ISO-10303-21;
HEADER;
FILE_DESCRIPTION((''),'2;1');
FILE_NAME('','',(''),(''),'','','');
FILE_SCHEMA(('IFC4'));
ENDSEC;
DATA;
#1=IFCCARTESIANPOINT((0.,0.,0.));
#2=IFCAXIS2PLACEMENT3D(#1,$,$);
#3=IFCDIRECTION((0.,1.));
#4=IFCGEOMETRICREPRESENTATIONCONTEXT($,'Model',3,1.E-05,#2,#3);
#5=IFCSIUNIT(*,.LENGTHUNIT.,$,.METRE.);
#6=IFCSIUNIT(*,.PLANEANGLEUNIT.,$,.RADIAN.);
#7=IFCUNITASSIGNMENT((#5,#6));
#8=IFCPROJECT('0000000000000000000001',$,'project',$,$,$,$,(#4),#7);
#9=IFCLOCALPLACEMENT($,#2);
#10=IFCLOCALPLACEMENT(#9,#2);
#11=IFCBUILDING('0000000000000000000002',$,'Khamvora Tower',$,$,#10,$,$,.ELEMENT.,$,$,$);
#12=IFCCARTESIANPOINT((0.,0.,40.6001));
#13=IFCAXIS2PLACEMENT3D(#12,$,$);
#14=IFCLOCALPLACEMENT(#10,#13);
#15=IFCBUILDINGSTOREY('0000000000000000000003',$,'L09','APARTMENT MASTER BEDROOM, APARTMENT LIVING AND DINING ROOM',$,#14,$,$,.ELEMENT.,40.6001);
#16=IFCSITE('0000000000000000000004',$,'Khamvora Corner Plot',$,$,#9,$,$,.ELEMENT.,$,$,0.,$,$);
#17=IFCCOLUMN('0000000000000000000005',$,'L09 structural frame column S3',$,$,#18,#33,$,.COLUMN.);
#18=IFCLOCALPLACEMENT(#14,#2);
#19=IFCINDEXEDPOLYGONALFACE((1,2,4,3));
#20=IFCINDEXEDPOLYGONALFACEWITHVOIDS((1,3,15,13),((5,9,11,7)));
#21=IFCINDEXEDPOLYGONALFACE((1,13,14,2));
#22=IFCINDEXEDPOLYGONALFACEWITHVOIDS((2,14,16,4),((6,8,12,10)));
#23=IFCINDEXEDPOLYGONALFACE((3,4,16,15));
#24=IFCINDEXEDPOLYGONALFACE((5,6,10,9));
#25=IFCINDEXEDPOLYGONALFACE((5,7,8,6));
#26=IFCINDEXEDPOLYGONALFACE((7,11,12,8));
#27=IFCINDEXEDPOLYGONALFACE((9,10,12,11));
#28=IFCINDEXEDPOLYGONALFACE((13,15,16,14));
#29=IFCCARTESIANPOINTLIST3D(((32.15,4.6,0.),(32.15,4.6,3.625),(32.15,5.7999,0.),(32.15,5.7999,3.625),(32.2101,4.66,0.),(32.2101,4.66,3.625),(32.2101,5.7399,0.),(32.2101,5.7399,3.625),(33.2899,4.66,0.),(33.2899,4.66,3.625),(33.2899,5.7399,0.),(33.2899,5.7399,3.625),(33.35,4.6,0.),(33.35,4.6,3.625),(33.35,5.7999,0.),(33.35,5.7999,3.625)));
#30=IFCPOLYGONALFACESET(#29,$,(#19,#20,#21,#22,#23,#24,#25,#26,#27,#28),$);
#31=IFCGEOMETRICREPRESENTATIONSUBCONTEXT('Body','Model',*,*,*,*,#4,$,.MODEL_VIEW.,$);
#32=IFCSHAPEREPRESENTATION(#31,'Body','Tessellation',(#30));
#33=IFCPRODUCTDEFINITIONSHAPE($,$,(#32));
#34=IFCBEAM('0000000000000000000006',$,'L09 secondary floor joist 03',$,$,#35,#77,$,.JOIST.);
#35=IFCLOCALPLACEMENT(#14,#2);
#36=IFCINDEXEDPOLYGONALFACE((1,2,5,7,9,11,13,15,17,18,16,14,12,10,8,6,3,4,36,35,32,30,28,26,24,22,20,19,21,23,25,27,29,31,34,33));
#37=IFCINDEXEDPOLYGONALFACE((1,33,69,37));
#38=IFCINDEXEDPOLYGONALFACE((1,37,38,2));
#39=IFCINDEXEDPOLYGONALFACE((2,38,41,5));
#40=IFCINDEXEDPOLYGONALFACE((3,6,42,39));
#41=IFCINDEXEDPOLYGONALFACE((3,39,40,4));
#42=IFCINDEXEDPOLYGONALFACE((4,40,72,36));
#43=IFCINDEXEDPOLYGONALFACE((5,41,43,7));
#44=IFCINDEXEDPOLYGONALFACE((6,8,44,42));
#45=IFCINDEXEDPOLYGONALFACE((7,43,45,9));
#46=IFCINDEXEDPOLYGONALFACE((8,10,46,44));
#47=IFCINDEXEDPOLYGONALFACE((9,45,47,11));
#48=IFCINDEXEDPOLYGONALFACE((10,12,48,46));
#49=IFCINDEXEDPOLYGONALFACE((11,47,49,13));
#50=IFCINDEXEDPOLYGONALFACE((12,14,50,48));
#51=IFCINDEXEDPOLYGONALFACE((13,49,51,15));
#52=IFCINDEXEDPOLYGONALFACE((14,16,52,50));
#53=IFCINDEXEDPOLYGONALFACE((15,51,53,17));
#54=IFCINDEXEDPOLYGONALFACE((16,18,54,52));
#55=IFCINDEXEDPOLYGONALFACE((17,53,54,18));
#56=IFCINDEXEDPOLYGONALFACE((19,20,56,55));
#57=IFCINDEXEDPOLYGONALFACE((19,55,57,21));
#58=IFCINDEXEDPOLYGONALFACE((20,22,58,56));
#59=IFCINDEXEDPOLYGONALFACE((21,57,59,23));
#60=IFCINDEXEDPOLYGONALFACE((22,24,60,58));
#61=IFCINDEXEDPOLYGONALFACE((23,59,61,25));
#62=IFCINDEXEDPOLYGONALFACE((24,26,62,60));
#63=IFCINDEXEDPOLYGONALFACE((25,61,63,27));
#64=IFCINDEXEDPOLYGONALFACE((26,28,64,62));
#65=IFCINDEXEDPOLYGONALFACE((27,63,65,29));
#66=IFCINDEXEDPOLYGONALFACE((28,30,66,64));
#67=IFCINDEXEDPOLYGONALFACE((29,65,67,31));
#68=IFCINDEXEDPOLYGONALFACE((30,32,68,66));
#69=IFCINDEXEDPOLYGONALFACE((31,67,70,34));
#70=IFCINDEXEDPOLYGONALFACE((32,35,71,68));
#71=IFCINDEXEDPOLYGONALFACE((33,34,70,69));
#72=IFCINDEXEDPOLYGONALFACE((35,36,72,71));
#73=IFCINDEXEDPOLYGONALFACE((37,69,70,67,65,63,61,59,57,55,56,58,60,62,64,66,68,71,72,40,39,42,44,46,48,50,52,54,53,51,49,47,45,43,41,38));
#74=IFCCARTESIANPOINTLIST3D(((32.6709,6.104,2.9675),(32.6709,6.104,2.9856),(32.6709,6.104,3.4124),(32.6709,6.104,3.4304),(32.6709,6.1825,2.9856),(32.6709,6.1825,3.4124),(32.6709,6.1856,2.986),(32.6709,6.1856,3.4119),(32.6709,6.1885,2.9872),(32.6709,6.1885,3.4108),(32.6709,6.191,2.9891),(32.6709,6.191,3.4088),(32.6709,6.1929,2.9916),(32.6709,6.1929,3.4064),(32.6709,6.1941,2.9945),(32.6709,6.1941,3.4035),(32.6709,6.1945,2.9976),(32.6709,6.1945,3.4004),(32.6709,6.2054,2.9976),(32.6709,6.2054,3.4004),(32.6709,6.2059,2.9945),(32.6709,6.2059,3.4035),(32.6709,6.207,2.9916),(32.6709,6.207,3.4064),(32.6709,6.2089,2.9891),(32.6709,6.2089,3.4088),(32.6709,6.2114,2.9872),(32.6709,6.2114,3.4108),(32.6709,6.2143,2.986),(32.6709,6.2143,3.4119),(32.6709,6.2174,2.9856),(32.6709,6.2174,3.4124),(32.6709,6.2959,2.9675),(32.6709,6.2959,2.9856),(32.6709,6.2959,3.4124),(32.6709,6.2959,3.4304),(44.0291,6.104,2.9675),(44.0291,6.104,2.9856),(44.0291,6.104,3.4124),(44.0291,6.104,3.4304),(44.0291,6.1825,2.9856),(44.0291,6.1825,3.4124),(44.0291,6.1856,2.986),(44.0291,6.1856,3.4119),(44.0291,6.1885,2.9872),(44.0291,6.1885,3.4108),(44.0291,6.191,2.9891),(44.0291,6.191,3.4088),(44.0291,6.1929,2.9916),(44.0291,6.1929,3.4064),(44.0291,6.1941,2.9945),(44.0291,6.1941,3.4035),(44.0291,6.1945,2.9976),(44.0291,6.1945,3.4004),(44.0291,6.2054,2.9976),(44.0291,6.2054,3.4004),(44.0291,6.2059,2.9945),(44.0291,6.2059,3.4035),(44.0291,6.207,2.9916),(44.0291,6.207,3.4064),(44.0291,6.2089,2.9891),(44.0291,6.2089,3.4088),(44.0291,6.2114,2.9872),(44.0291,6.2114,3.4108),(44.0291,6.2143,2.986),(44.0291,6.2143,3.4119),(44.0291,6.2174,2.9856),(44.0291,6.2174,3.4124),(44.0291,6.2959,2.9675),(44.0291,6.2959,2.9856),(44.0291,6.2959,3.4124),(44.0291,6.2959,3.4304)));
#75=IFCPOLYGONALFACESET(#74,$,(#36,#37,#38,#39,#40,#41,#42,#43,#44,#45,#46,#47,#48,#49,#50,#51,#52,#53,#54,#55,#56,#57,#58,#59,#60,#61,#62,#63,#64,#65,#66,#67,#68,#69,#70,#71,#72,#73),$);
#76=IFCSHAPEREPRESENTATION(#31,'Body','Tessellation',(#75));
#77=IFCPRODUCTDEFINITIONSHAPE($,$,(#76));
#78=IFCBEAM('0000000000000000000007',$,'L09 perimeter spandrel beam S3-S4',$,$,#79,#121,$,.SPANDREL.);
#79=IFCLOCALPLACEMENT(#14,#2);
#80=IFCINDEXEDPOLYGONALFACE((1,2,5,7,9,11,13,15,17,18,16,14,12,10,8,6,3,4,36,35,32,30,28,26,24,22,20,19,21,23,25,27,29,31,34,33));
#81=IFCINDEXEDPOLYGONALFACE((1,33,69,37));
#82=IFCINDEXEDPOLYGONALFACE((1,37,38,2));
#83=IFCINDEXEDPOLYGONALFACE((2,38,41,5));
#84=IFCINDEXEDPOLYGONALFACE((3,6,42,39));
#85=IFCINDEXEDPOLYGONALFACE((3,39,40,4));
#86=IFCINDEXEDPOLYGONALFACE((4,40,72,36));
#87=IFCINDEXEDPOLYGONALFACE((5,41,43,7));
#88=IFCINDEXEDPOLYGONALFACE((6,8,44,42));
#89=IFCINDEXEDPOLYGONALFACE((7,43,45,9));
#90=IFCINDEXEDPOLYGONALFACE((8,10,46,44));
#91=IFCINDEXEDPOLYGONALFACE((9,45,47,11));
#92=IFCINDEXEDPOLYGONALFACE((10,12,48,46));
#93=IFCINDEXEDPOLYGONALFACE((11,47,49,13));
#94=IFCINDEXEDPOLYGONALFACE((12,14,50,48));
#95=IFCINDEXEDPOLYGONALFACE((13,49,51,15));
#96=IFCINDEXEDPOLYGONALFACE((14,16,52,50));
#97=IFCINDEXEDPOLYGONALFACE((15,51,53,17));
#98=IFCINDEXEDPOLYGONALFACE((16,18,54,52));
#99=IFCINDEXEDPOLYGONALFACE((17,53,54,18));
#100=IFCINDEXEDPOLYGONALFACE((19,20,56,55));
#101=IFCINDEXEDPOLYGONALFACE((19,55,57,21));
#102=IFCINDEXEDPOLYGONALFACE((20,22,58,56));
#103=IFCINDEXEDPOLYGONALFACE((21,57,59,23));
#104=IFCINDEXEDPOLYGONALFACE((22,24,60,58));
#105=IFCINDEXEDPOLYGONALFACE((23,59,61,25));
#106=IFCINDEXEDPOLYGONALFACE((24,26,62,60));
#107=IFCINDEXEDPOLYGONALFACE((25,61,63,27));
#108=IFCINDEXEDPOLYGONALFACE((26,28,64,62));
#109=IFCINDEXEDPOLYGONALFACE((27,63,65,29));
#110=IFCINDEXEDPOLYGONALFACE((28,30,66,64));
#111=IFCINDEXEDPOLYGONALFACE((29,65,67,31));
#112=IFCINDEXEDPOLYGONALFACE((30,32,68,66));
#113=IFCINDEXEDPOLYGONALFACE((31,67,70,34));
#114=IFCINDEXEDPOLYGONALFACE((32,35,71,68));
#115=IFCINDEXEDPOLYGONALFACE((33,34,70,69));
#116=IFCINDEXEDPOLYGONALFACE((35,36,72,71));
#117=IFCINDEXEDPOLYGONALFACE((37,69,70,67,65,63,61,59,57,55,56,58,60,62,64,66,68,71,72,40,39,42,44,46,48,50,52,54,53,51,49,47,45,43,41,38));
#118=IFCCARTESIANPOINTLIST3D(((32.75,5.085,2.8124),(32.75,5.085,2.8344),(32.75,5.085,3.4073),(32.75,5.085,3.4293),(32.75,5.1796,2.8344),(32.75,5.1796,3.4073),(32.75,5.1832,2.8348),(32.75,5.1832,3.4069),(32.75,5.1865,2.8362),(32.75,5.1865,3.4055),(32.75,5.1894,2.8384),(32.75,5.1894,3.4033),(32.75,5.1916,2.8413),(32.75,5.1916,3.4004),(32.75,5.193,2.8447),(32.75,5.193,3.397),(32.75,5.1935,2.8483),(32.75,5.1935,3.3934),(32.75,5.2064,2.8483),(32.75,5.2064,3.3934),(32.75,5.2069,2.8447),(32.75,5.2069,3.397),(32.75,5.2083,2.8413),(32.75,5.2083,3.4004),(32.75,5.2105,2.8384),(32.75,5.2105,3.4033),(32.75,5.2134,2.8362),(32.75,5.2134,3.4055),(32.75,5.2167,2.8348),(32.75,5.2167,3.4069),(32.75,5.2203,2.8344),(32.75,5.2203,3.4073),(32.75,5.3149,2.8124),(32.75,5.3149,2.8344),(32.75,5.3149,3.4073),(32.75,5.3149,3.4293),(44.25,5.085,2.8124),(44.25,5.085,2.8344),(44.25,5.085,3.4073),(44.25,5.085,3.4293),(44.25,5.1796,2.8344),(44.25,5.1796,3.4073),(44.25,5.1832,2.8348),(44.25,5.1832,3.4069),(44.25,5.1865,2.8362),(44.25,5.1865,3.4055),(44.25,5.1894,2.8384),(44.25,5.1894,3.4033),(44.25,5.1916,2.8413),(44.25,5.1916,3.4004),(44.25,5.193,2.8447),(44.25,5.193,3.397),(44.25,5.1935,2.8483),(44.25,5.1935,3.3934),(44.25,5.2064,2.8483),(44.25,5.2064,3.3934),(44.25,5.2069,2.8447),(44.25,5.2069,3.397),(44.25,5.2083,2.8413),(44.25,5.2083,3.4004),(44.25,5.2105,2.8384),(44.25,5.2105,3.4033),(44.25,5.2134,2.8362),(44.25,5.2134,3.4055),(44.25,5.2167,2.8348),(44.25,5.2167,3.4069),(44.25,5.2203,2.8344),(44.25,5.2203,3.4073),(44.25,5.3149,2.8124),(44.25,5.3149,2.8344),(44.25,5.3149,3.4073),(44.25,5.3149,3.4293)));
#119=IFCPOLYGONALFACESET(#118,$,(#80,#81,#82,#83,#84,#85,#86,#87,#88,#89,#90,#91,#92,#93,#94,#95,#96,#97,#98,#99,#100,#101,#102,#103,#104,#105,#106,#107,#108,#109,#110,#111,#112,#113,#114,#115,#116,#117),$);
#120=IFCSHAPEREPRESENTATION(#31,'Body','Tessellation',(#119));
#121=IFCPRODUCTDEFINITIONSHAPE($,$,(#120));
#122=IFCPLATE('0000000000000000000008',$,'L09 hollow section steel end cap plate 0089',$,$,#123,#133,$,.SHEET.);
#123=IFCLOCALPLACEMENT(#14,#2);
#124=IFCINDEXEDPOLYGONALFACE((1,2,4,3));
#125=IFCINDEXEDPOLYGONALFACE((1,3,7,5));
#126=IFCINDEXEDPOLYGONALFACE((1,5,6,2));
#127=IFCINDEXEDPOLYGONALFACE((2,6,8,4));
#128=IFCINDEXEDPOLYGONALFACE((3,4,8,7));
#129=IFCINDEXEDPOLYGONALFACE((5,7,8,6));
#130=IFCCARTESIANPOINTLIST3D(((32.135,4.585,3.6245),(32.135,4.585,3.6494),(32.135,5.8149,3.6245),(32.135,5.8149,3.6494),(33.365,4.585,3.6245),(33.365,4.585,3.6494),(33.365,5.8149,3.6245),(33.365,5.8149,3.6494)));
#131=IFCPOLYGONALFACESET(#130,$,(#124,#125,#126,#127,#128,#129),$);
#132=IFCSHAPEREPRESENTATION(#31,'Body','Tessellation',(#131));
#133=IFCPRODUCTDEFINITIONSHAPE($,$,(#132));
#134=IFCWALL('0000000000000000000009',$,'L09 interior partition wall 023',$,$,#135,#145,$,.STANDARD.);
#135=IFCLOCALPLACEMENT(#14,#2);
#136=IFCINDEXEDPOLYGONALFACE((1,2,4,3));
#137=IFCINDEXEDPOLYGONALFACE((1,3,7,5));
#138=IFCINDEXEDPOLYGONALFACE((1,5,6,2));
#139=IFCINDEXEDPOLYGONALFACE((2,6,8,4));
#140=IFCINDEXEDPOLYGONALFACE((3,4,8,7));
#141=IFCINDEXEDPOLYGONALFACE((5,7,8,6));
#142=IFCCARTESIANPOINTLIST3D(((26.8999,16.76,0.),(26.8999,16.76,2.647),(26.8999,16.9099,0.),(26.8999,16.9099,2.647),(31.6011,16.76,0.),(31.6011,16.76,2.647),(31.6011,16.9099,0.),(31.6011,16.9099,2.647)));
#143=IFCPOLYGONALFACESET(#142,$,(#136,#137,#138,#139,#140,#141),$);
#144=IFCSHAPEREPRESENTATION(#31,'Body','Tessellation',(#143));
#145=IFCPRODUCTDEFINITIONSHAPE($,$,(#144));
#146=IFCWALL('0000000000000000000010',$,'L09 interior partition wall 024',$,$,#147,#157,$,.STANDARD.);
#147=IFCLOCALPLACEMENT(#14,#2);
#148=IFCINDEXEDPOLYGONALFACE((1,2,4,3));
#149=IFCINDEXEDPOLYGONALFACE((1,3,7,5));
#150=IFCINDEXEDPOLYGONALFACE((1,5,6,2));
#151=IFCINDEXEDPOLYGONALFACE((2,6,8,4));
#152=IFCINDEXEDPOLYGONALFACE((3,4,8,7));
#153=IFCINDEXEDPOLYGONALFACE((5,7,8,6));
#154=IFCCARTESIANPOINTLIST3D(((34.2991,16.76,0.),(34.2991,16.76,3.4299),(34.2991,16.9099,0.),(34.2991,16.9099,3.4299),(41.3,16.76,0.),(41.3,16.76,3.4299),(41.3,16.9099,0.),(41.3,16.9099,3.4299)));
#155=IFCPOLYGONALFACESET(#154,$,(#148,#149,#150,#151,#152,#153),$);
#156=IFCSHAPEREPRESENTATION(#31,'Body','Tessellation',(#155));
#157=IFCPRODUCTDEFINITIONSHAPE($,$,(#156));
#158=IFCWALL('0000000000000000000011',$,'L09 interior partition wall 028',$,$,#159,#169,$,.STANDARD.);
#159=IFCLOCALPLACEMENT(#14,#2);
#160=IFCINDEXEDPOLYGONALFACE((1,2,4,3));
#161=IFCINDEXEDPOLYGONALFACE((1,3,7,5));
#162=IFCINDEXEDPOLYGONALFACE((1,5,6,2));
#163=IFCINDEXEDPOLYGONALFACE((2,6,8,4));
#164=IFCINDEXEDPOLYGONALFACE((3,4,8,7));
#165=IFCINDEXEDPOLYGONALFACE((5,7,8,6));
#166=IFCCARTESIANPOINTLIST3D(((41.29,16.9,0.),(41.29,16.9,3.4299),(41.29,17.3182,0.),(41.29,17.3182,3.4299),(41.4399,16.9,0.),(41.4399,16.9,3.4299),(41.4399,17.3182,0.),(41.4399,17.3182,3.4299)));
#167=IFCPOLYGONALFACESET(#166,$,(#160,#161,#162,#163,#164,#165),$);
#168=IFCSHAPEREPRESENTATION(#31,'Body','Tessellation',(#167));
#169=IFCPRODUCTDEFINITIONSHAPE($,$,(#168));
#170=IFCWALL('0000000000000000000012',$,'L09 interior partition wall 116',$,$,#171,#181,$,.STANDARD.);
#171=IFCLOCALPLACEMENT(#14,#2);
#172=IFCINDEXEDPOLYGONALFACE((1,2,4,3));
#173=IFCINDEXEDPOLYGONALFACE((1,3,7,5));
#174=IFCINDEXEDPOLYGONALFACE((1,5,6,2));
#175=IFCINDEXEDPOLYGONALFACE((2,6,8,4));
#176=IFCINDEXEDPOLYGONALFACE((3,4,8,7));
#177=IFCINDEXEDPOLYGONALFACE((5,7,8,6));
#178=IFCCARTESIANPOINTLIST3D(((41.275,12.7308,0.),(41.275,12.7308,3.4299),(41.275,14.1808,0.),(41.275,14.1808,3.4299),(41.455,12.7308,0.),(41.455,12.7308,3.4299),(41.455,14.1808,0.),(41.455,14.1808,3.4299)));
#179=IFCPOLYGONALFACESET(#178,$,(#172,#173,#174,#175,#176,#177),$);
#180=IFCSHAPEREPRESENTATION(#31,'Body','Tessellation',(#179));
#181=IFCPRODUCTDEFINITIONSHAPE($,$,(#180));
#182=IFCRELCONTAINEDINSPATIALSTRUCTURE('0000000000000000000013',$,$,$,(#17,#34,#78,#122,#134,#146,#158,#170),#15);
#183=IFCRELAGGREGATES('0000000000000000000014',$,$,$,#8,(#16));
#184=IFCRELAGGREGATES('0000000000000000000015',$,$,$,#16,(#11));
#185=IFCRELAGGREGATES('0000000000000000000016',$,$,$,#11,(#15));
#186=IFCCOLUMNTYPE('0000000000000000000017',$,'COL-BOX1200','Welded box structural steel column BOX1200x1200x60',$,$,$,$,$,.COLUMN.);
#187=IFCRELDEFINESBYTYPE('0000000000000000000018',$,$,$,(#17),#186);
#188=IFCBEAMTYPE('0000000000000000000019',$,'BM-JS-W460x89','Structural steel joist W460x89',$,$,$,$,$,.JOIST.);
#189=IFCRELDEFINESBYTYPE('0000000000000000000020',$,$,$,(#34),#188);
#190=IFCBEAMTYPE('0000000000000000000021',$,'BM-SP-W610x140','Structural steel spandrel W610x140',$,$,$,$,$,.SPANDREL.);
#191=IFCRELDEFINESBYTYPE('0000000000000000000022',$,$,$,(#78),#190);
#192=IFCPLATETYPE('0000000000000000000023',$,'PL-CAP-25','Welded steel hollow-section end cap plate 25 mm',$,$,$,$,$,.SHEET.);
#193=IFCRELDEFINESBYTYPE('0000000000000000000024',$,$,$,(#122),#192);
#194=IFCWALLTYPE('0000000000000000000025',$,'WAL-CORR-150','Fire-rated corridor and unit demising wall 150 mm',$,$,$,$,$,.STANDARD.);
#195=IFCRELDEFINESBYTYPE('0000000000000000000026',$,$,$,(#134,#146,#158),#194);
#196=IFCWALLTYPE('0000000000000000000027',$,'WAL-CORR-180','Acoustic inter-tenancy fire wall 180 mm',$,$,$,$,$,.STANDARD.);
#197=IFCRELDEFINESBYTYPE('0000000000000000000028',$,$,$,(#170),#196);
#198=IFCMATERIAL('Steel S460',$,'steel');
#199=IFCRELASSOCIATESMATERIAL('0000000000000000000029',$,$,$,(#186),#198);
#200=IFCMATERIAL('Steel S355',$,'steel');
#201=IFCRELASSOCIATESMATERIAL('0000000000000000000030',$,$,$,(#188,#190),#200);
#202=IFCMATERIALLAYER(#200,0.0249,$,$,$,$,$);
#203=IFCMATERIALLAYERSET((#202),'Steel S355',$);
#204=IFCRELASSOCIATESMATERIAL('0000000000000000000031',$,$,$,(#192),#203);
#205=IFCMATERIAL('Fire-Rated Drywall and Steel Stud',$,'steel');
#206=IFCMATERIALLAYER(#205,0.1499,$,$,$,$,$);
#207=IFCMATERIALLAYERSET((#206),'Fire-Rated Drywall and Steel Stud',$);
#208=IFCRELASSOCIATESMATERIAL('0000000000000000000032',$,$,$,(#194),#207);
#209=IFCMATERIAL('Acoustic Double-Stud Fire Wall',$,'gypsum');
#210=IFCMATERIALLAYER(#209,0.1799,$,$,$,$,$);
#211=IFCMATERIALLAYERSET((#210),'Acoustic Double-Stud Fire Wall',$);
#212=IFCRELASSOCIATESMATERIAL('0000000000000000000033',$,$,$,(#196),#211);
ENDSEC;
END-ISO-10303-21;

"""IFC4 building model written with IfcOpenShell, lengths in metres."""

from ifc_helpers import new_model, si_unit, direction, frame, frame_2d, origin, origin_2d, place, context, subcontext, project, spatial, rectangle, hollow_rectangle, i_section, extrude, material, layer, layer_set, material_profile, profile_set, type_object, element, save


model = new_model("IFC4")

# Units and contexts
model_context = context("Model", 3, precision=1e-05, world=origin(), true_north=direction((0.0, 1.0)))
body_context = subcontext(model_context, "Body", "Model", "MODEL_VIEW")
ifc_project = project(units=[si_unit("LENGTHUNIT", "METRE"), si_unit("PLANEANGLEUNIT", "RADIAN")], contexts=[model_context])

# Site, building, storey
site_placement = place(None, origin())
site = spatial("IfcSite", under=ifc_project, at=site_placement, Name="Khamvora Corner Plot", CompositionType="ELEMENT", RefElevation=0.0)
building_placement = place(site_placement, origin())
building = spatial("IfcBuilding", under=site, at=building_placement, Name="Khamvora Tower", CompositionType="ELEMENT")
storey_placement = place(building_placement, frame((0.0, 0.0, 40.6001)))
storey = spatial("IfcBuildingStorey", under=building, at=storey_placement, Name="L09", Description="APARTMENT MASTER BEDROOM, APARTMENT LIVING AND DINING ROOM", CompositionType="ELEMENT", Elevation=40.6001)

# Column
ifc_material_1 = material(Name="Steel S460", Category="steel")
ifc_material_profile_1 = material_profile(ifc_material_1, hollow_rectangle(XDim=1.2, YDim=1.2, WallThickness=0.0601, at=origin_2d()), Name="BOX1200x1200x60")
ifc_profile_set_1 = profile_set([ifc_material_profile_1], Name="Steel S460")
column_type = type_object("IfcColumnType", Name="COL-BOX1200", Description="Welded box structural steel column BOX1200x1200x60", PredefinedType="COLUMN", material=ifc_profile_set_1)
column_placement = place(storey_placement, frame((32.75, 5.2, 0.0), z_axis=(0.0, 0.0, 1.0), x_axis=(1.0, 0.0, 0.0)))
element("IfcColumn", 1, at=column_placement, inside=storey, type_object=column_type, Name="L09 structural frame column S3", PredefinedType="COLUMN", context=body_context, shape_type="SweptSolid", body=[
    extrude(hollow_rectangle(XDim=1.2, YDim=1.2, WallThickness=0.0601, at=origin_2d()), origin(), (0.0, 0.0, 1.0), 3.625),
])

# Beams
ifc_material_2 = material(Name="Steel S355", Category="steel")
ifc_material_profile_2 = material_profile(ifc_material_2, i_section(OverallWidth=0.1919, OverallDepth=0.4629, WebThickness=0.011, FlangeThickness=0.0181, FilletRadius=0.012, at=origin_2d()), Name="W460x89")
ifc_profile_set_2 = profile_set([ifc_material_profile_2], Name="Steel S355")
beam_type_1 = type_object("IfcBeamType", Name="BM-JS-W460x89", Description="Structural steel joist W460x89", PredefinedType="JOIST", material=ifc_profile_set_2)
beam_1_placement = place(storey_placement, frame((32.6709, 6.2, 3.199), z_axis=(1.0, 0.0, 0.0), x_axis=(0.0, 1.0, 0.0)))
element("IfcBeam", 2, at=beam_1_placement, inside=storey, type_object=beam_type_1, Name="L09 secondary floor joist 03", PredefinedType="JOIST", context=body_context, shape_type="SweptSolid", body=[
    extrude(i_section(OverallWidth=0.1919, OverallDepth=0.4629, WebThickness=0.011, FlangeThickness=0.0181, FilletRadius=0.012, at=origin_2d()), origin(), (0.0, 0.0, 1.0), 11.3582),
])
ifc_material_profile_3 = material_profile(ifc_material_2, i_section(OverallWidth=0.23, OverallDepth=0.6169, WebThickness=0.0129, FlangeThickness=0.022, FilletRadius=0.0139, at=origin_2d()), Name="W610x140")
ifc_profile_set_3 = profile_set([ifc_material_profile_3], Name="Steel S355")
beam_type_2 = type_object("IfcBeamType", Name="BM-SP-W610x140", Description="Structural steel spandrel W610x140", PredefinedType="SPANDREL", material=ifc_profile_set_3)
beam_2_placement = place(storey_placement, frame((32.75, 5.2, 3.1208), z_axis=(1.0, 0.0, 0.0), x_axis=(0.0, 1.0, 0.0)))
element("IfcBeam", 3, at=beam_2_placement, inside=storey, type_object=beam_type_2, Name="L09 perimeter spandrel beam S3-S4", PredefinedType="SPANDREL", context=body_context, shape_type="SweptSolid", body=[
    extrude(i_section(OverallWidth=0.23, OverallDepth=0.6169, WebThickness=0.0129, FlangeThickness=0.022, FilletRadius=0.0139, at=origin_2d()), origin(), (0.0, 0.0, 1.0), 11.5),
])

# Plate
ifc_layer_1 = layer(ifc_material_2, 0.0249)
ifc_layer_set_1 = layer_set([ifc_layer_1], Name="Steel S355")
plate_type = type_object("IfcPlateType", Name="PL-CAP-25", Description="Welded steel hollow-section end cap plate 25 mm", PredefinedType="SHEET", material=ifc_layer_set_1)
plate_placement = place(storey_placement, frame((32.75, 5.2, 3.6245), z_axis=(0.0, 0.0, 1.0), x_axis=(1.0, 0.0, 0.0)))
element("IfcPlate", 4, at=plate_placement, inside=storey, type_object=plate_type, Name="L09 hollow section steel end cap plate 0089", PredefinedType="SHEET", context=body_context, shape_type="SweptSolid", body=[
    extrude(rectangle(XDim=1.23, YDim=1.23, at=origin_2d()), origin(), (0.0, 0.0, 1.0), 0.0249),
])

# Shared definitions
ifc_material_3 = material(Name="Fire-Rated Drywall and Steel Stud", Category="steel")
ifc_layer_2 = layer(ifc_material_3, 0.1499)
ifc_layer_set_2 = layer_set([ifc_layer_2], Name="Fire-Rated Drywall and Steel Stud")
wall_type_1 = type_object("IfcWallType", Name="WAL-CORR-150", Description="Fire-rated corridor and unit demising wall 150 mm", PredefinedType="STANDARD", material=ifc_layer_set_2)

# Walls
wall_1_placement = place(storey_placement, frame((31.6011, 16.835, 0.0), z_axis=(0.0, 0.0, 1.0), x_axis=(-1.0, 0.0, 0.0)))
element("IfcWall", 5, at=wall_1_placement, inside=storey, type_object=wall_type_1, Name="L09 interior partition wall 023", PredefinedType="STANDARD", context=body_context, shape_type="SweptSolid", body=[
    extrude(rectangle(XDim=4.7012, YDim=0.1499, at=frame_2d((2.3506, 0.0))), origin(), (0.0, 0.0, 1.0), 2.647),
])
wall_2_placement = place(storey_placement, frame((41.3, 16.835, 0.0), z_axis=(0.0, 0.0, 1.0), x_axis=(-1.0, 0.0, 0.0)))
element("IfcWall", 6, at=wall_2_placement, inside=storey, type_object=wall_type_1, Name="L09 interior partition wall 024", PredefinedType="STANDARD", context=body_context, shape_type="SweptSolid", body=[
    extrude(rectangle(XDim=7.001, YDim=0.1499, at=frame_2d((3.5005, 0.0))), origin(), (0.0, 0.0, 1.0), 3.4299),
])
wall_3_placement = place(storey_placement, frame((41.365, 17.3181, 0.0), z_axis=(0.0, 0.0, 1.0), x_axis=(0.0, -1.0, 0.0)))
element("IfcWall", 7, at=wall_3_placement, inside=storey, type_object=wall_type_1, Name="L09 interior partition wall 028", PredefinedType="STANDARD", context=body_context, shape_type="SweptSolid", body=[
    extrude(rectangle(XDim=0.4182, YDim=0.1499, at=frame_2d((0.209, 0.0))), origin(), (0.0, 0.0, 1.0), 3.4299),
])
ifc_material_4 = material(Name="Acoustic Double-Stud Fire Wall", Category="gypsum")
ifc_layer_3 = layer(ifc_material_4, 0.1799)
ifc_layer_set_3 = layer_set([ifc_layer_3], Name="Acoustic Double-Stud Fire Wall")
wall_type_2 = type_object("IfcWallType", Name="WAL-CORR-180", Description="Acoustic inter-tenancy fire wall 180 mm", PredefinedType="STANDARD", material=ifc_layer_set_3)
wall_4_placement = place(storey_placement, frame((41.365, 14.1809, 0.0), z_axis=(0.0, 0.0, 1.0), x_axis=(0.0, -1.0, 0.0)))
element("IfcWall", 8, at=wall_4_placement, inside=storey, type_object=wall_type_2, Name="L09 interior partition wall 116", PredefinedType="STANDARD", context=body_context, shape_type="SweptSolid", body=[
    extrude(rectangle(XDim=1.45, YDim=0.1799, at=frame_2d((0.7251, 0.0))), origin(), (0.0, 0.0, 1.0), 3.4299),
])

save(model, "model.ifc")
